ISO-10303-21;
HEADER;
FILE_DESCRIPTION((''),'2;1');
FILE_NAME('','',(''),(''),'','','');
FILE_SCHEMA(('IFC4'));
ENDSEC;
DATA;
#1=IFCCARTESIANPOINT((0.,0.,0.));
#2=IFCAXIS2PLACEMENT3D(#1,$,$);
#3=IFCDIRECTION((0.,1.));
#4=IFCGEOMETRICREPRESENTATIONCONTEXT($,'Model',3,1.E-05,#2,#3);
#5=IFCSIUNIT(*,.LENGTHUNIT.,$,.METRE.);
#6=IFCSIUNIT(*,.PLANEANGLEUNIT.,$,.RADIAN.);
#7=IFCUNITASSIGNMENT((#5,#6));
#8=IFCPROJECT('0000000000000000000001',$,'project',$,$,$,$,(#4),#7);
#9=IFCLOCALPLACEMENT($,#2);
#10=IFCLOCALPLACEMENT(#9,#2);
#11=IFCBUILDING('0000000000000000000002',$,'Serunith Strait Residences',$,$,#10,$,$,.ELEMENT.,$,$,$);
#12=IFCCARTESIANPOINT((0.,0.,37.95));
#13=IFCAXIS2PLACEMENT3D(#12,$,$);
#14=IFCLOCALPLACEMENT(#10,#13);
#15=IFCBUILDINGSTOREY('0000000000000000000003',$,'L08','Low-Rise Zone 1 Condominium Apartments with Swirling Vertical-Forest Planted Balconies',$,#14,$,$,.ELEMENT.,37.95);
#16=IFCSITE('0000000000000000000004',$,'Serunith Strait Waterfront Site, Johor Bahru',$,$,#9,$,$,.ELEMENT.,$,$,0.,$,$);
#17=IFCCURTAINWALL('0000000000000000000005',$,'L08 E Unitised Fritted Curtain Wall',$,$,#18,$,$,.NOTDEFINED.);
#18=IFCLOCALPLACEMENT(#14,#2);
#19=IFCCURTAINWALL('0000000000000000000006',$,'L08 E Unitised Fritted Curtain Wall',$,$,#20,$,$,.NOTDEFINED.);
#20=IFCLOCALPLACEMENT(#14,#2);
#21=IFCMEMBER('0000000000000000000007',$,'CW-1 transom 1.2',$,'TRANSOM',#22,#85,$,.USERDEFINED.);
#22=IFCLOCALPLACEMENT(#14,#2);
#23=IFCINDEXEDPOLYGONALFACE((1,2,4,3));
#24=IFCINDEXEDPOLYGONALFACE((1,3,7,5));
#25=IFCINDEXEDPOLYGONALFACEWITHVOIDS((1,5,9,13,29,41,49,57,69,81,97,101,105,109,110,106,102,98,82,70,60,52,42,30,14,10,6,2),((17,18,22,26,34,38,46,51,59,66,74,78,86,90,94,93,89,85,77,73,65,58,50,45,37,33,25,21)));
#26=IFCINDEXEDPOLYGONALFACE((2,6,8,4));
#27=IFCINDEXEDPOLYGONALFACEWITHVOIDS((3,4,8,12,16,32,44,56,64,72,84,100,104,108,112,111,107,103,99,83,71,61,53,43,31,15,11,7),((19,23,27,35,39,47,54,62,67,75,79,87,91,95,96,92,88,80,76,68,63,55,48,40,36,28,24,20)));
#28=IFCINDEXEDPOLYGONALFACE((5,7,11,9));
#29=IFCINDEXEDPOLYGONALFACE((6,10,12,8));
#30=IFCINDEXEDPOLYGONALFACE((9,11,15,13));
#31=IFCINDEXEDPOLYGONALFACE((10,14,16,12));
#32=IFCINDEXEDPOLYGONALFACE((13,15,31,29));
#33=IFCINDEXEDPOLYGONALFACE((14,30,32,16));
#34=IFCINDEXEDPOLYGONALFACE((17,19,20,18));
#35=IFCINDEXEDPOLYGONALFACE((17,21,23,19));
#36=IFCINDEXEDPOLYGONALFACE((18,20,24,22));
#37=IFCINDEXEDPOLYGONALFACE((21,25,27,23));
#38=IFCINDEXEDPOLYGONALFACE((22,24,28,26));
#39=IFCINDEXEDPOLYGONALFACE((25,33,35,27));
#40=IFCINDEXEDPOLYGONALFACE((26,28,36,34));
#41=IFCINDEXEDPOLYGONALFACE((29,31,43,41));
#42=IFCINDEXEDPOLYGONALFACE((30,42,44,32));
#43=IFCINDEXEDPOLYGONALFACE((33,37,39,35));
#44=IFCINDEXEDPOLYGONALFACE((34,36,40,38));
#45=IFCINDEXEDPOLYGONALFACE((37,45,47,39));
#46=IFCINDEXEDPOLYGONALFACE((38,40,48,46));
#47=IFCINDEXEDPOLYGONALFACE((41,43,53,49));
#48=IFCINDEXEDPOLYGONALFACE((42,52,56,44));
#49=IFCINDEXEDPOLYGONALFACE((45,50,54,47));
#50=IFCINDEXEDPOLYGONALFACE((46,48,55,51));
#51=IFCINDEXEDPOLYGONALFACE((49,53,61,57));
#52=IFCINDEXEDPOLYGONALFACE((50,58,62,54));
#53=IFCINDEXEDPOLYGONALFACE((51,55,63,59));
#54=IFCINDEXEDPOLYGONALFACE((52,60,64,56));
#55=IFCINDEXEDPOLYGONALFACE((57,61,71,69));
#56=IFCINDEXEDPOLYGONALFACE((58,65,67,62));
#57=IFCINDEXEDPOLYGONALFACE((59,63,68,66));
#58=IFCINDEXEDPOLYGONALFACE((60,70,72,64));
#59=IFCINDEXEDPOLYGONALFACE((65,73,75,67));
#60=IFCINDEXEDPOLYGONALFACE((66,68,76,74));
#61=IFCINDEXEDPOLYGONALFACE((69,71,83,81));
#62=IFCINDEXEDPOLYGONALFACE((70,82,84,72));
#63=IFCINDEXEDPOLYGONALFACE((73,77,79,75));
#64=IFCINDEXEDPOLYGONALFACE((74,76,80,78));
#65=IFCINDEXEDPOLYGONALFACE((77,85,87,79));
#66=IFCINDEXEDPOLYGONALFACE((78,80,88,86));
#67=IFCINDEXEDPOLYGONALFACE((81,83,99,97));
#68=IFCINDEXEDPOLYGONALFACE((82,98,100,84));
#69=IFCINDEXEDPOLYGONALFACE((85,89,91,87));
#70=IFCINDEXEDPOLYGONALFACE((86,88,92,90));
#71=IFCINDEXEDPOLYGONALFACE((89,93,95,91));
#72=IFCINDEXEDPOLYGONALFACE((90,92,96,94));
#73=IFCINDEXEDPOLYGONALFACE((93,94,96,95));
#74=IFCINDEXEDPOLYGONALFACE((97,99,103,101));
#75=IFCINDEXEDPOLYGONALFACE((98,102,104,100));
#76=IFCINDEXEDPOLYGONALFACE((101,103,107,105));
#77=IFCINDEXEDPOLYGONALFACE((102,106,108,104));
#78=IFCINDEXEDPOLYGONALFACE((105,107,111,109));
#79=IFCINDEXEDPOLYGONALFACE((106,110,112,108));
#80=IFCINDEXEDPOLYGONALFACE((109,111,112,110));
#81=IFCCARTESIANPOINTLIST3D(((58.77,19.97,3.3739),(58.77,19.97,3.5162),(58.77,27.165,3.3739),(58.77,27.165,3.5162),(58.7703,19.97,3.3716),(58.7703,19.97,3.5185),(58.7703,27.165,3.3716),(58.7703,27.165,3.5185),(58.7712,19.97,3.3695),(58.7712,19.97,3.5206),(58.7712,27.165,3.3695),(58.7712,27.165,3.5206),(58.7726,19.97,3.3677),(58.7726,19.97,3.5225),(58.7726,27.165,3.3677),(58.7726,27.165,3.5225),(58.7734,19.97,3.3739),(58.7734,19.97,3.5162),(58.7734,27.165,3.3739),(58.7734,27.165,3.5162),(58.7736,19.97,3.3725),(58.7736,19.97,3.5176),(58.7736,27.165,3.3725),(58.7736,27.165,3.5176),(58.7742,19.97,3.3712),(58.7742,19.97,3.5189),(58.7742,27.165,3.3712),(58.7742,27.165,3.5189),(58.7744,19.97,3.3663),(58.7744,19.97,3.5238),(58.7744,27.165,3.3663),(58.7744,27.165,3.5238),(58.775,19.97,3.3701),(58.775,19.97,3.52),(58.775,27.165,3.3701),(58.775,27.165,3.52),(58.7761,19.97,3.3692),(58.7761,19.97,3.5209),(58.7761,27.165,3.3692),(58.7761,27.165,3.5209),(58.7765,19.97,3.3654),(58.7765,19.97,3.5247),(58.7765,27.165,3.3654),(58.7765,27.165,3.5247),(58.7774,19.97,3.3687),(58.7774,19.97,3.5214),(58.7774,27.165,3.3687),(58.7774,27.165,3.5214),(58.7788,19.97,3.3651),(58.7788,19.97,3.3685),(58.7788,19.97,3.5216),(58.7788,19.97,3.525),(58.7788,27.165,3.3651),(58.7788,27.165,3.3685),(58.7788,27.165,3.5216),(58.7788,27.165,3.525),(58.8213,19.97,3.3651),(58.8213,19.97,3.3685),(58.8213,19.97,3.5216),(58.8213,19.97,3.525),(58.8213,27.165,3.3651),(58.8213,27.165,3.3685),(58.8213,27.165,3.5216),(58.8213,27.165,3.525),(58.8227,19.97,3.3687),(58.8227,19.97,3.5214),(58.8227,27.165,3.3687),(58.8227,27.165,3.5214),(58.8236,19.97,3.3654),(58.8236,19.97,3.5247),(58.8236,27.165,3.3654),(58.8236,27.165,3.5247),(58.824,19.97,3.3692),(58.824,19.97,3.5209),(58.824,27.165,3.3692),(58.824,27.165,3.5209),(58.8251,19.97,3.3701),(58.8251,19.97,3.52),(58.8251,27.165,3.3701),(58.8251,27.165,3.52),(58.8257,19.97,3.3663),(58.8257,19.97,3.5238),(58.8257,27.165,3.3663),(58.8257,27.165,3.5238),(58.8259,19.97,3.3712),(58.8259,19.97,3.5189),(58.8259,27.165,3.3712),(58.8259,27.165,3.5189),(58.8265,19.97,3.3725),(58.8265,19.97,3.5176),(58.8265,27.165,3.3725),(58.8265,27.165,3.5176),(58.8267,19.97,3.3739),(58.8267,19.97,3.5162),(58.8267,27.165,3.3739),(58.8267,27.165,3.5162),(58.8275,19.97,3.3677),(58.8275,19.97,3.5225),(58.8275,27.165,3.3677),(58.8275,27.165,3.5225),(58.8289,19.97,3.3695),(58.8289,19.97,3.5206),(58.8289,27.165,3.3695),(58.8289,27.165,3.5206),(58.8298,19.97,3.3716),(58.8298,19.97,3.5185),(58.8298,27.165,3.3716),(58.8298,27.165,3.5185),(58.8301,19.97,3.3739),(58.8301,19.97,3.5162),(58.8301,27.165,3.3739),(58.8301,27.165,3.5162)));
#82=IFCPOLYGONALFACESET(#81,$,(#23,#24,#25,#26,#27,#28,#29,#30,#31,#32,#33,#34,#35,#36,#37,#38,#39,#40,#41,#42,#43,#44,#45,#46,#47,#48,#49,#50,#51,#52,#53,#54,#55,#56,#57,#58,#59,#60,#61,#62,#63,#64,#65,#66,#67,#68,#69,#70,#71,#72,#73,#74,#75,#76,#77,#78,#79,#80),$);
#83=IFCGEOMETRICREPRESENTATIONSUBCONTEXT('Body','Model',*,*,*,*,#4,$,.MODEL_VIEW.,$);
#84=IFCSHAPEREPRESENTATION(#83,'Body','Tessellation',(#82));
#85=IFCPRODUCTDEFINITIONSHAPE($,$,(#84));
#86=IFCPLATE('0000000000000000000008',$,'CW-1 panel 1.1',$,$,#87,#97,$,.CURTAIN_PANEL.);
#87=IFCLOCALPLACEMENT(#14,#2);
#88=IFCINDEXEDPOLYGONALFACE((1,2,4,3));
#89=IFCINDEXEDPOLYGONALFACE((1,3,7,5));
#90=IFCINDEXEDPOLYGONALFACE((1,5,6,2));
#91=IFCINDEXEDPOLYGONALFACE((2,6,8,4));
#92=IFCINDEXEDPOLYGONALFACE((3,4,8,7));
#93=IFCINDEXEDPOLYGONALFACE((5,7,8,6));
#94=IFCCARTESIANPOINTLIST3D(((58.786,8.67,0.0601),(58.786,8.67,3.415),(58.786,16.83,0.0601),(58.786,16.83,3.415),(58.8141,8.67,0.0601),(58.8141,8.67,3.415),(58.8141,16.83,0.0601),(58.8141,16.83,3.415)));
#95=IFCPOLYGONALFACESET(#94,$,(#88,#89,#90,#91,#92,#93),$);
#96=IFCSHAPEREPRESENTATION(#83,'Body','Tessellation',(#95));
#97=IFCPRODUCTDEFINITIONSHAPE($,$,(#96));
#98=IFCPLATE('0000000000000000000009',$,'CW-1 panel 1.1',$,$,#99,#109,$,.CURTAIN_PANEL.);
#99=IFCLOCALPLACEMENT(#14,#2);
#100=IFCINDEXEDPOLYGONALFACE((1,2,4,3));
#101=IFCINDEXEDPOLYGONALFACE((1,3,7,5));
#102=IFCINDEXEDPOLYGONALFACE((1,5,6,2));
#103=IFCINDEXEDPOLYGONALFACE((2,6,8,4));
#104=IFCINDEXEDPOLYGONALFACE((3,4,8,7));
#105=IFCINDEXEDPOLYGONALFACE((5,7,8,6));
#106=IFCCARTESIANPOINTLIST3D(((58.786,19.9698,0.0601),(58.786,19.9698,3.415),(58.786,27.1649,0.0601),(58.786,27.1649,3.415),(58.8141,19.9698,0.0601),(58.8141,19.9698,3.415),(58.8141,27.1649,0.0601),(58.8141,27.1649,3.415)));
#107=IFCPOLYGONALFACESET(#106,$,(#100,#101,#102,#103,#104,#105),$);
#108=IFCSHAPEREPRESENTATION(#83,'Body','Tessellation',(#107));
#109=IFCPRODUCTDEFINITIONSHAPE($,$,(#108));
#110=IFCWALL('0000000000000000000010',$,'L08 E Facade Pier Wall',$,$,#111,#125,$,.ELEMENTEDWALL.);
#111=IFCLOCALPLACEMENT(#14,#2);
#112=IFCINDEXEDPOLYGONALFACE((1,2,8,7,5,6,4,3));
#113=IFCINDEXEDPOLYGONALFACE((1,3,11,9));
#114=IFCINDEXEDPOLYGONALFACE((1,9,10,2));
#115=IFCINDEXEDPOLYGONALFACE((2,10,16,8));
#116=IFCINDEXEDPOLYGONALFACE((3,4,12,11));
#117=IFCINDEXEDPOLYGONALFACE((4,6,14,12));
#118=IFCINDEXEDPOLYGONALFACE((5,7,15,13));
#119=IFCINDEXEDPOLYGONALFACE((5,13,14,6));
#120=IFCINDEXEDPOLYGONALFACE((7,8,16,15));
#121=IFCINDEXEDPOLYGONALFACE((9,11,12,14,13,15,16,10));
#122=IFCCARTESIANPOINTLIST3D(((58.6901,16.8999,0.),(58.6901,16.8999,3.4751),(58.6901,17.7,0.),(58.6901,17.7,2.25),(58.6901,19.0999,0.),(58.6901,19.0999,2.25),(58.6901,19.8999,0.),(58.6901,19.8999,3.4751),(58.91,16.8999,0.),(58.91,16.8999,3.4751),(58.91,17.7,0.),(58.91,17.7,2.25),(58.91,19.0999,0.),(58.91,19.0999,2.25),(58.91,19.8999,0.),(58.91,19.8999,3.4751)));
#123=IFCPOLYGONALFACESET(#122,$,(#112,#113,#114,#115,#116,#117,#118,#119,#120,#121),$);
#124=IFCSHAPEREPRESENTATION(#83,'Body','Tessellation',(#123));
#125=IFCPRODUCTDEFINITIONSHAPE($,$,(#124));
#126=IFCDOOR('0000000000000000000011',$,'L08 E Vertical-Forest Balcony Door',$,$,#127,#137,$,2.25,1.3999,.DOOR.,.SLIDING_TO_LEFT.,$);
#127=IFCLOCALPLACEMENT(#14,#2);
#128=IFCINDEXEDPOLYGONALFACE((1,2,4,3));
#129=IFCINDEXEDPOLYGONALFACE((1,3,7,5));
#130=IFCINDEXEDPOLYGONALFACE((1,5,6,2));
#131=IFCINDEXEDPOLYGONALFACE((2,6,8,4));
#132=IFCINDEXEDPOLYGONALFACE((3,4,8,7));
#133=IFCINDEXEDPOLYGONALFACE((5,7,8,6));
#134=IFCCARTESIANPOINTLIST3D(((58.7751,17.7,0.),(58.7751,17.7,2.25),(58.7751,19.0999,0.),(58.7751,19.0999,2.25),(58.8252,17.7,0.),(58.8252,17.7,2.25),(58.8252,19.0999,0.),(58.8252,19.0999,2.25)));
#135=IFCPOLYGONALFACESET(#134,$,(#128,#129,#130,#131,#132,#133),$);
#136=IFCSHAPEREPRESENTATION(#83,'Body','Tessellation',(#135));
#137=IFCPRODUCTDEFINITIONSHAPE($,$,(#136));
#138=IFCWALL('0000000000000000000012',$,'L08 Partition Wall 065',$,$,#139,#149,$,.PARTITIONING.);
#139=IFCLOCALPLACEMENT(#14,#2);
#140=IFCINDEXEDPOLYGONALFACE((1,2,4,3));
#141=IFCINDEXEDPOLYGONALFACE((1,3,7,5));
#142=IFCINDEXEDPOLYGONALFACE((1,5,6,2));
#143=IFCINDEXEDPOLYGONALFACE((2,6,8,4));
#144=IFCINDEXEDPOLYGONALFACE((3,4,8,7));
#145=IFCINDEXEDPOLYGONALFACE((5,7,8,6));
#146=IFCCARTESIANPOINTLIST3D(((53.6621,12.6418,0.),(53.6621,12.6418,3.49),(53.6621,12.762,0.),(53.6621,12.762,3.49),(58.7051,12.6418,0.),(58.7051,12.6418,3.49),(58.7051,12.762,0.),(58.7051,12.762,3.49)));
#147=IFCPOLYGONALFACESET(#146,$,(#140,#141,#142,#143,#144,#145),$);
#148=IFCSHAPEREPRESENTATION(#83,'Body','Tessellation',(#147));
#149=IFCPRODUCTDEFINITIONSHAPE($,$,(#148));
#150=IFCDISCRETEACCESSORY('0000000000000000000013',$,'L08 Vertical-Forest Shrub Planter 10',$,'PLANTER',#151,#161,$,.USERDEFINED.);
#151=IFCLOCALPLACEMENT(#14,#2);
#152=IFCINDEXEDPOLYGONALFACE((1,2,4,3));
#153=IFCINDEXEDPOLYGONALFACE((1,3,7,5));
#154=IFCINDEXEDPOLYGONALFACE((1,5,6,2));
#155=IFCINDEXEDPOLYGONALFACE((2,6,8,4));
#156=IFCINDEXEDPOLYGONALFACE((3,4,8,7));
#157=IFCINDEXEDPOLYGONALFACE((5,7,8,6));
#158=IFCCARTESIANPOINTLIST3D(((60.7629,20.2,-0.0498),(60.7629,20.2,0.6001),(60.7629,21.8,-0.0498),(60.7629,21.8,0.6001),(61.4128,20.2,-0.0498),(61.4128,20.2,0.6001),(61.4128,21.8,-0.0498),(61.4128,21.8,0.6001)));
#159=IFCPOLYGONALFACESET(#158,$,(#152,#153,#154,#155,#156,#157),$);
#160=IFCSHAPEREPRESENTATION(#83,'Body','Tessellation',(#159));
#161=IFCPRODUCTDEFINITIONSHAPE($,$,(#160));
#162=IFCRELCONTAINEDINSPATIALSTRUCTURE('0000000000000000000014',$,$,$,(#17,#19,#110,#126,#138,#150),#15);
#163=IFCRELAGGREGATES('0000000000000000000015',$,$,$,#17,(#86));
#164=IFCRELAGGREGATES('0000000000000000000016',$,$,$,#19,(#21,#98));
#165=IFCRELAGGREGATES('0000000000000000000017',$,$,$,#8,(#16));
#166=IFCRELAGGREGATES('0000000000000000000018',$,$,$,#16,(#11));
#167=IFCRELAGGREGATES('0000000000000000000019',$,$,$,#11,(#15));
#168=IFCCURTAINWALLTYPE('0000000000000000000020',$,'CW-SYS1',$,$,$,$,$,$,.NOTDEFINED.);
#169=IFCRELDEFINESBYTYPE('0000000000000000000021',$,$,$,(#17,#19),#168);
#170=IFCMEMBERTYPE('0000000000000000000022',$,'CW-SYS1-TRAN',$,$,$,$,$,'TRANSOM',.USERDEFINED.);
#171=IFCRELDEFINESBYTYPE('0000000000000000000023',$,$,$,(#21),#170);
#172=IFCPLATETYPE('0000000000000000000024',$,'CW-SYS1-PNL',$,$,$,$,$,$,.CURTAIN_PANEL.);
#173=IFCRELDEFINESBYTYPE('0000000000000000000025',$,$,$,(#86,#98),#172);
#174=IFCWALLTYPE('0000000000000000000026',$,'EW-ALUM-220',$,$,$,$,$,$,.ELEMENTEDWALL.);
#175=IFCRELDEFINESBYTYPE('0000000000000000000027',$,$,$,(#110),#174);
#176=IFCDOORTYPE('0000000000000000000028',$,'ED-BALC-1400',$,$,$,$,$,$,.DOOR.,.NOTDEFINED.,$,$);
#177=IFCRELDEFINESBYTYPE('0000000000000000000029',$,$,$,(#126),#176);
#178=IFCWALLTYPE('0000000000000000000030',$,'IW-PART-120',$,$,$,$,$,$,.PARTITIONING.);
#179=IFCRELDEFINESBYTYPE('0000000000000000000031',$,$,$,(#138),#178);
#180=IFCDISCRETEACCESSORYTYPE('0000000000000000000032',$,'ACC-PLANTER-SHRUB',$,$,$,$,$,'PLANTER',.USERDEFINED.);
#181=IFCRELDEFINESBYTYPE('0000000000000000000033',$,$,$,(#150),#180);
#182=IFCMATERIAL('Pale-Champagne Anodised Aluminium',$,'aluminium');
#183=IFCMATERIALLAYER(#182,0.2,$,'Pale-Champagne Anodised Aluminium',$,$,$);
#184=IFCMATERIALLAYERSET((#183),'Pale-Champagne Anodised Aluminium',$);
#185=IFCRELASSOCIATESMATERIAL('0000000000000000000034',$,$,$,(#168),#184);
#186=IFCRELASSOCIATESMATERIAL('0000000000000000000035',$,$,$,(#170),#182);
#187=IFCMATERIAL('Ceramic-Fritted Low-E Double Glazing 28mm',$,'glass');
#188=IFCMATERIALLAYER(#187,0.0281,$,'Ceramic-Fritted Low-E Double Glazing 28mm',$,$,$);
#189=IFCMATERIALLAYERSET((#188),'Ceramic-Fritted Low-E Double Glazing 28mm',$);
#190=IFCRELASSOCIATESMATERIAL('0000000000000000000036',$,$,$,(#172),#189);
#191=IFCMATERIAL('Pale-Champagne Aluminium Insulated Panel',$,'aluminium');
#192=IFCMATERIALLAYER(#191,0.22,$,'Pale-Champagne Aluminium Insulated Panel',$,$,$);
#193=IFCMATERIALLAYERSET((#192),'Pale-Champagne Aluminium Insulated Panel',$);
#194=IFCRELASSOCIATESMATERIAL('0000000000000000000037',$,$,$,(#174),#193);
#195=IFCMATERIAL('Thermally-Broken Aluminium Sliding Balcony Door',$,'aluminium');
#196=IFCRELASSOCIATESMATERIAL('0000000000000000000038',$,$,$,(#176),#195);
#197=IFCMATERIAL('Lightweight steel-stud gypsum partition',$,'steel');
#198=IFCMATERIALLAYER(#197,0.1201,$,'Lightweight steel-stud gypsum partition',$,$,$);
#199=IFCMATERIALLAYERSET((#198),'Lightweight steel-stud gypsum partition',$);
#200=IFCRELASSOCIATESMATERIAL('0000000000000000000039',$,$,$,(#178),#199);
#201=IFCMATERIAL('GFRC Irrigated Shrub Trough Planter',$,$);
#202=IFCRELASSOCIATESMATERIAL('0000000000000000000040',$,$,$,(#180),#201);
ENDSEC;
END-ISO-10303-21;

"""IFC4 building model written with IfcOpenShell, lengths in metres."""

from ifc_helpers import new_model, si_unit, direction, frame, frame_2d, origin, origin_2d, place, context, subcontext, project, spatial, rectangle, hollow_rectangle, extrude, source, transform, mapped, material, layer, layer_set, material_profile, profile_set, type_object, element, fill, aggregate, save


model = new_model("IFC4")

# Units and contexts
model_context = context("Model", 3, precision=1e-05, world=origin(), true_north=direction((0.0, 1.0)))
body_context = subcontext(model_context, "Body", "Model", "MODEL_VIEW")
ifc_project = project(units=[si_unit("LENGTHUNIT", "METRE"), si_unit("PLANEANGLEUNIT", "RADIAN")], contexts=[model_context])

# Site, building, storey
site_placement = place(None, origin())
site = spatial("IfcSite", under=ifc_project, at=site_placement, Name="Serunith Strait Waterfront Site, Johor Bahru", CompositionType="ELEMENT", RefElevation=0.0)
building_placement = place(site_placement, origin())
building = spatial("IfcBuilding", under=site, at=building_placement, Name="Serunith Strait Residences", CompositionType="ELEMENT")
storey_placement = place(building_placement, frame((0.0, 0.0, 37.95)))
storey = spatial("IfcBuildingStorey", under=building, at=storey_placement, Name="L08", Description="Low-Rise Zone 1 Condominium Apartments with Swirling Vertical-Forest Planted Balconies", CompositionType="ELEMENT", Elevation=37.95)

# Curtain wall
ifc_material_1 = material(Name="Pale-Champagne Anodised Aluminium", Category="aluminium")
ifc_layer_1 = layer(ifc_material_1, 0.2, Name="Pale-Champagne Anodised Aluminium")
ifc_layer_set_1 = layer_set([ifc_layer_1], Name="Pale-Champagne Anodised Aluminium")
curtain_wall_type = type_object("IfcCurtainWallType", Name="CW-SYS1", PredefinedType="NOTDEFINED", material=ifc_layer_set_1)
curtain_wall_1_placement = place(storey_placement, origin())
curtain_wall_1 = element("IfcCurtainWall", 1, at=curtain_wall_1_placement, inside=storey, type_object=curtain_wall_type, Name="L08 E Unitised Fritted Curtain Wall", PredefinedType="NOTDEFINED")

# Curtain wall, member
curtain_wall_2_placement = place(storey_placement, origin())
curtain_wall_2 = element("IfcCurtainWall", 2, at=curtain_wall_2_placement, inside=storey, type_object=curtain_wall_type, Name="L08 E Unitised Fritted Curtain Wall", PredefinedType="NOTDEFINED")
ifc_material_profile_1 = material_profile(ifc_material_1, hollow_rectangle(XDim=0.0601, YDim=0.1599, WallThickness=0.0034, InnerFilletRadius=0.0054, OuterFilletRadius=0.0088, at=origin_2d()), Name="ALU 160x60x3.5")
ifc_profile_set_1 = profile_set([ifc_material_profile_1], Name="Pale-Champagne Anodised Aluminium")
member_type_1 = type_object("IfcMemberType", Name="CW-SYS1-TRAN", ElementType="TRANSOM", PredefinedType="USERDEFINED", material=ifc_profile_set_1)
shared_shape_1 = source(origin(), body_context, "Body", "SweptSolid", [
    extrude(hollow_rectangle(XDim=0.0601, YDim=0.1599, WallThickness=0.0034, InnerFilletRadius=0.0054, OuterFilletRadius=0.0088, at=origin_2d()), origin(), (0.0, 0.0, 1.0), 7.1951),
])
member_1_placement = place(storey_placement, frame((58.8, 19.97, 3.4451), z_axis=(0.0, 1.0, 0.0), x_axis=(-1.0, 0.0, 0.0)))
member_1 = element("IfcMember", 3, at=member_1_placement, type_object=member_type_1, Name="CW-1 transom 1.2", ObjectType="TRANSOM", PredefinedType="USERDEFINED", context=body_context, shape_type="MappedRepresentation", body=[
    mapped(shared_shape_1, transform((0.0, 0.0, 0.0), scale=1.0)),
])

# Plates
ifc_material_2 = material(Name="Ceramic-Fritted Low-E Double Glazing 28mm", Category="glass")
ifc_layer_2 = layer(ifc_material_2, 0.0281, Name="Ceramic-Fritted Low-E Double Glazing 28mm")
ifc_layer_set_2 = layer_set([ifc_layer_2], Name="Ceramic-Fritted Low-E Double Glazing 28mm")
plate_type = type_object("IfcPlateType", Name="CW-SYS1-PNL", PredefinedType="CURTAIN_PANEL", material=ifc_layer_set_2)
shared_shape_2 = source(origin(), body_context, "Body", "SweptSolid", [
    extrude(rectangle(XDim=8.1599, YDim=0.0281, at=origin_2d()), origin(), (0.0, 0.0, 1.0), 3.355),
])
plate_1_placement = place(storey_placement, frame((58.8, 12.75, 0.0601), z_axis=(0.0, 0.0, 1.0), x_axis=(0.0, 1.0, 0.0)))
plate_1 = element("IfcPlate", 4, at=plate_1_placement, type_object=plate_type, Name="CW-1 panel 1.1", PredefinedType="CURTAIN_PANEL", context=body_context, shape_type="MappedRepresentation", body=[
    mapped(shared_shape_2, transform((0.0, 0.0, 0.0), scale=1.0)),
])
aggregate(curtain_wall_1, [plate_1])
shared_shape_3 = source(origin(), body_context, "Body", "SweptSolid", [
    extrude(rectangle(XDim=7.1951, YDim=0.0281, at=origin_2d()), origin(), (0.0, 0.0, 1.0), 3.355),
])
plate_2_placement = place(storey_placement, frame((58.8, 23.5674, 0.0601), z_axis=(0.0, 0.0, 1.0), x_axis=(0.0, 1.0, 0.0)))
plate_2 = element("IfcPlate", 5, at=plate_2_placement, type_object=plate_type, Name="CW-1 panel 1.1", PredefinedType="CURTAIN_PANEL", context=body_context, shape_type="MappedRepresentation", body=[
    mapped(shared_shape_3, transform((0.0, 0.0, 0.0), scale=1.0)),
])
aggregate(curtain_wall_2, [member_1, plate_2])

# Wall, opening, door
ifc_material_3 = material(Name="Pale-Champagne Aluminium Insulated Panel", Category="aluminium")
ifc_layer_3 = layer(ifc_material_3, 0.22, Name="Pale-Champagne Aluminium Insulated Panel")
ifc_layer_set_3 = layer_set([ifc_layer_3], Name="Pale-Champagne Aluminium Insulated Panel")
wall_type_1 = type_object("IfcWallType", Name="EW-ALUM-220", PredefinedType="ELEMENTEDWALL", material=ifc_layer_set_3)
wall_1_placement = place(storey_placement, frame((58.8, 16.8999, 0.0), z_axis=(0.0, 0.0, 1.0), x_axis=(0.0, 1.0, 0.0)))
wall_1 = element("IfcWall", 6, at=wall_1_placement, inside=storey, type_object=wall_type_1, Name="L08 E Facade Pier Wall", PredefinedType="ELEMENTEDWALL", context=body_context, shape_type="SweptSolid", body=[
    extrude(rectangle(XDim=3.0, YDim=0.22, at=frame_2d((1.5, 0.0))), origin(), (0.0, 0.0, 1.0), 3.4751),
])
opening_placement = place(wall_1_placement, frame((0.8, 0.0, 0.0)))
opening = element("IfcOpeningElement", 7, at=opening_placement, cuts=wall_1, PredefinedType="OPENING", context=body_context, shape_type="SweptSolid", body=[
    extrude(rectangle(XDim=1.3999, YDim=2.25, at=frame_2d((0.7, 1.125))), frame((0.0, 0.1201, 0.0), z_axis=(0.0, -1.0, 0.0), x_axis=(1.0, 0.0, 0.0)), (0.0, 0.0, 1.0), 0.24),
])
ifc_material_4 = material(Name="Thermally-Broken Aluminium Sliding Balcony Door", Category="aluminium")
door_type = type_object("IfcDoorType", Name="ED-BALC-1400", OperationType="NOTDEFINED", PredefinedType="DOOR", material=ifc_material_4)
shared_shape_4 = source(origin(), body_context, "Body", "SweptSolid", [
    extrude(rectangle(XDim=1.3999, YDim=2.25, at=frame_2d((0.7, 1.125))), frame((0.0, 0.0249, 0.0), z_axis=(0.0, -1.0, 0.0), x_axis=(1.0, 0.0, 0.0)), (0.0, 0.0, 1.0), 0.05),
])
door_placement = place(opening_placement, origin())
door = element("IfcDoor", 8, at=door_placement, inside=storey, type_object=door_type, Name="L08 E Vertical-Forest Balcony Door", OperationType="SLIDING_TO_LEFT", OverallHeight=2.25, OverallWidth=1.3999, PredefinedType="DOOR", context=body_context, shape_type="MappedRepresentation", body=[
    mapped(shared_shape_4, transform((0.0, 0.0, 0.0), scale=1.0)),
])
fill(opening, door)

# Wall
ifc_material_5 = material(Name="Lightweight steel-stud gypsum partition", Category="steel")
ifc_layer_4 = layer(ifc_material_5, 0.1201, Name="Lightweight steel-stud gypsum partition")
ifc_layer_set_4 = layer_set([ifc_layer_4], Name="Lightweight steel-stud gypsum partition")
wall_type_2 = type_object("IfcWallType", Name="IW-PART-120", PredefinedType="PARTITIONING", material=ifc_layer_set_4)
wall_2_placement = place(storey_placement, frame((53.6621, 12.7019, 0.0), z_axis=(0.0, 0.0, 1.0), x_axis=(1.0, 0.0, 0.0)))
element("IfcWall", 9, at=wall_2_placement, inside=storey, type_object=wall_type_2, Name="L08 Partition Wall 065", PredefinedType="PARTITIONING", context=body_context, shape_type="SweptSolid", body=[
    extrude(rectangle(XDim=5.043, YDim=0.1201, at=frame_2d((2.5215, 0.0))), origin(), (0.0, 0.0, 1.0), 3.49),
])

# Discrete accessory
ifc_material_6 = material(Name="GFRC Irrigated Shrub Trough Planter")
discrete_accessory_type = type_object("IfcDiscreteAccessoryType", Name="ACC-PLANTER-SHRUB", ElementType="PLANTER", PredefinedType="USERDEFINED", material=ifc_material_6)
shared_shape_5 = source(origin(), body_context, "Body", "SweptSolid", [
    extrude(rectangle(XDim=1.6001, YDim=0.6499, at=origin_2d()), origin(), (0.0, 0.0, 1.0), 0.6499),
])
discrete_accessory_placement = place(storey_placement, frame((61.0879, 21.0, -0.0498), z_axis=(0.0, 0.0, 1.0), x_axis=(0.0, 1.0, 0.0)))
element("IfcDiscreteAccessory", 10, at=discrete_accessory_placement, inside=storey, type_object=discrete_accessory_type, Name="L08 Vertical-Forest Shrub Planter 10", ObjectType="PLANTER", PredefinedType="USERDEFINED", context=body_context, shape_type="MappedRepresentation", body=[
    mapped(shared_shape_5, transform((0.0, 0.0, 0.0), scale=1.0)),
])

save(model, "model.ifc")
